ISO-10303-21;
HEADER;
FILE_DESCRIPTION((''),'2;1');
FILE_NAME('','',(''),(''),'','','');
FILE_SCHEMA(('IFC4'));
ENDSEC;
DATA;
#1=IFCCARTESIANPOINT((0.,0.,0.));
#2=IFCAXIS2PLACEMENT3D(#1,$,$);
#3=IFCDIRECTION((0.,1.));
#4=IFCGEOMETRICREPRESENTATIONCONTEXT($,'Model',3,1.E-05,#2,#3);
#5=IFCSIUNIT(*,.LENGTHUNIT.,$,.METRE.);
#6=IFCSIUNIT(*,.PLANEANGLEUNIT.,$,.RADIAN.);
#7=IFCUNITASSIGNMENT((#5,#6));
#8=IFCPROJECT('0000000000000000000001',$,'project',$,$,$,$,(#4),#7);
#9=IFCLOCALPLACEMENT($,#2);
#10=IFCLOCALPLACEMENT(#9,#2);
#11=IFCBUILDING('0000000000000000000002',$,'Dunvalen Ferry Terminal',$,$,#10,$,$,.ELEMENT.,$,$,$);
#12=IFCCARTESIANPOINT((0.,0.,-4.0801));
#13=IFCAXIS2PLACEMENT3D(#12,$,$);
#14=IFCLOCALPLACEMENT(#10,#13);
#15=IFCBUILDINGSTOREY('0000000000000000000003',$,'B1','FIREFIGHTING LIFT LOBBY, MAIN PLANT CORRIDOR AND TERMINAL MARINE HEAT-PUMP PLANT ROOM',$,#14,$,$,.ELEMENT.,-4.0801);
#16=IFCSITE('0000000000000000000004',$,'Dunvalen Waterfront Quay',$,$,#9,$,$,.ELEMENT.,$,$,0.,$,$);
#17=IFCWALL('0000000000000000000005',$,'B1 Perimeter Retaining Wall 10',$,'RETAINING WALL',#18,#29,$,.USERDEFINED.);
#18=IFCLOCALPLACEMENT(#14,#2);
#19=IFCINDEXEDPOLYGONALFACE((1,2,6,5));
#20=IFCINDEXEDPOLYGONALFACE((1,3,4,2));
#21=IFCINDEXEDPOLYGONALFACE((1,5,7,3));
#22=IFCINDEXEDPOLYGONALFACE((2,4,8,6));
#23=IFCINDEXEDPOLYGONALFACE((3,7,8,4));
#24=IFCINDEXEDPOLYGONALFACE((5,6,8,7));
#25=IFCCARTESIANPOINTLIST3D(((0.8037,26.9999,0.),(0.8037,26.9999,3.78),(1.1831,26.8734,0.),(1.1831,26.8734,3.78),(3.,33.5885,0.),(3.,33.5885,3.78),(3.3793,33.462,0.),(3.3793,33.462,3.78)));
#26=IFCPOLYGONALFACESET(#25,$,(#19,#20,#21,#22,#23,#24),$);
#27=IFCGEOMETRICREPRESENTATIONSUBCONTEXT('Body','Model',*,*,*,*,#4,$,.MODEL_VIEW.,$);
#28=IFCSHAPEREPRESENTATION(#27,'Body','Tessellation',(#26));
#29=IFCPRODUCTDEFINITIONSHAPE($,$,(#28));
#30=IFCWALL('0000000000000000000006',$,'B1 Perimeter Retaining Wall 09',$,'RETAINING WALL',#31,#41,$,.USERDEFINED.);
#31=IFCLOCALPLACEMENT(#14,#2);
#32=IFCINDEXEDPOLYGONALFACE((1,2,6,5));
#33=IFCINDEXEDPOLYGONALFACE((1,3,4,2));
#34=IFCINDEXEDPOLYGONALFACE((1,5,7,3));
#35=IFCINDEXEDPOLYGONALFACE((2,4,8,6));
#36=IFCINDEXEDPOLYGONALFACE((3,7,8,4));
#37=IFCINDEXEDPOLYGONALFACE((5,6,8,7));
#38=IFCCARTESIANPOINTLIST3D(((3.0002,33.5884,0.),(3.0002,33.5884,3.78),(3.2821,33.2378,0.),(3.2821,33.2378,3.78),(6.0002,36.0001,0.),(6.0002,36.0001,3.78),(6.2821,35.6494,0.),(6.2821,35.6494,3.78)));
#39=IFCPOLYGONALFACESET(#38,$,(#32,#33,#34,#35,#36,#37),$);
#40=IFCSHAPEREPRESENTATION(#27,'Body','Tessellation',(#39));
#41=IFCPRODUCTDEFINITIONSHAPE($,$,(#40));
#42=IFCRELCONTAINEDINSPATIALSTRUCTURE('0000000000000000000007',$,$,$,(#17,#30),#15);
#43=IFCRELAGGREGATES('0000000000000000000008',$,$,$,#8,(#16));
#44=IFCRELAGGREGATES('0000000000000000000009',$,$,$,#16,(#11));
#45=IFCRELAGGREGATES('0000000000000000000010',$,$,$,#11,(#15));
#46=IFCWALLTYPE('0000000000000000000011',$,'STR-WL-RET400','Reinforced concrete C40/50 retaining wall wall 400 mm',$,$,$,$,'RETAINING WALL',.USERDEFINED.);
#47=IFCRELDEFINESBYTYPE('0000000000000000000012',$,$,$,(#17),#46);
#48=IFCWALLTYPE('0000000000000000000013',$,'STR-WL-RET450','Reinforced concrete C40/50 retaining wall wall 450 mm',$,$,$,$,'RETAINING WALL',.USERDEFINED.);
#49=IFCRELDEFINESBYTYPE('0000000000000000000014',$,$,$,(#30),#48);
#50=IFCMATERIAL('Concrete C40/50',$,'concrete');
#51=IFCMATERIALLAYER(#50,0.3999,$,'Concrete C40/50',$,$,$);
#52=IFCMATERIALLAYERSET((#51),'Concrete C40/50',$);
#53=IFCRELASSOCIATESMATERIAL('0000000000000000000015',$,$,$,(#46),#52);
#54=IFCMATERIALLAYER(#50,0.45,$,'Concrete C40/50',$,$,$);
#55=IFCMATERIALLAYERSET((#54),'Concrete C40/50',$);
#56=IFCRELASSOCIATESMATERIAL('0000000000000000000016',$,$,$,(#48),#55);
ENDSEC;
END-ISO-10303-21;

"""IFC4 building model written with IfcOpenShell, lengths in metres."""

from ifc_helpers import new_model, si_unit, direction, frame, frame_2d, origin, place, context, subcontext, project, spatial, rectangle, extrude, material, layer, layer_set, type_object, element, save


model = new_model("IFC4")

# Units and contexts
model_context = context("Model", 3, precision=1e-05, world=origin(), true_north=direction((0.0, 1.0)))
body_context = subcontext(model_context, "Body", "Model", "MODEL_VIEW")
ifc_project = project(units=[si_unit("LENGTHUNIT", "METRE"), si_unit("PLANEANGLEUNIT", "RADIAN")], contexts=[model_context])

# Site, building, storey
site_placement = place(None, origin())
site = spatial("IfcSite", under=ifc_project, at=site_placement, Name="Dunvalen Waterfront Quay", CompositionType="ELEMENT", RefElevation=0.0)
building_placement = place(site_placement, origin())
building = spatial("IfcBuilding", under=site, at=building_placement, Name="Dunvalen Ferry Terminal", CompositionType="ELEMENT")
storey_placement = place(building_placement, frame((0.0, 0.0, -4.0801)))
storey = spatial("IfcBuildingStorey", under=building, at=storey_placement, Name="B1", Description="FIREFIGHTING LIFT LOBBY, MAIN PLANT CORRIDOR AND TERMINAL MARINE HEAT-PUMP PLANT ROOM", CompositionType="ELEMENT", Elevation=-4.0801)

# Shared definitions
ifc_material_1 = material(Name="Concrete C40/50", Category="concrete")

# Walls
ifc_layer_1 = layer(ifc_material_1, 0.3999, Name="Concrete C40/50")
ifc_layer_set_1 = layer_set([ifc_layer_1], Name="Concrete C40/50")
wall_type_1 = type_object("IfcWallType", Name="STR-WL-RET400", Description="Reinforced concrete C40/50 retaining wall wall 400 mm", ElementType="RETAINING WALL", PredefinedType="USERDEFINED", material=ifc_layer_set_1)
wall_1_placement = place(storey_placement, frame((3.1897, 33.5254, 0.0), z_axis=(0.0, 0.0, 1.0), x_axis=(-0.316238, -0.94868, 0.0)))
element("IfcWall", 1, at=wall_1_placement, inside=storey, type_object=wall_type_1, Name="B1 Perimeter Retaining Wall 10", ObjectType="RETAINING WALL", PredefinedType="USERDEFINED", context=body_context, shape_type="SweptSolid", body=[
    extrude(rectangle(XDim=6.9451, YDim=0.3999, at=frame_2d((3.4727, 0.0))), origin(), (0.0, 0.0, 1.0), 3.78),
])
ifc_layer_2 = layer(ifc_material_1, 0.45, Name="Concrete C40/50")
ifc_layer_set_2 = layer_set([ifc_layer_2], Name="Concrete C40/50")
wall_type_2 = type_object("IfcWallType", Name="STR-WL-RET450", Description="Reinforced concrete C40/50 retaining wall wall 450 mm", ElementType="RETAINING WALL", PredefinedType="USERDEFINED", material=ifc_layer_set_2)
wall_2_placement = place(storey_placement, frame((6.1411, 35.8247, 0.0), z_axis=(0.0, 0.0, 1.0), x_axis=(-0.779394, -0.626534, 0.0)))
element("IfcWall", 2, at=wall_2_placement, inside=storey, type_object=wall_type_2, Name="B1 Perimeter Retaining Wall 09", ObjectType="RETAINING WALL", PredefinedType="USERDEFINED", context=body_context, shape_type="SweptSolid", body=[
    extrude(rectangle(XDim=3.8491, YDim=0.45, at=frame_2d((1.9246, 0.0))), origin(), (0.0, 0.0, 1.0), 3.78),
])

save(model, "model.ifc")
